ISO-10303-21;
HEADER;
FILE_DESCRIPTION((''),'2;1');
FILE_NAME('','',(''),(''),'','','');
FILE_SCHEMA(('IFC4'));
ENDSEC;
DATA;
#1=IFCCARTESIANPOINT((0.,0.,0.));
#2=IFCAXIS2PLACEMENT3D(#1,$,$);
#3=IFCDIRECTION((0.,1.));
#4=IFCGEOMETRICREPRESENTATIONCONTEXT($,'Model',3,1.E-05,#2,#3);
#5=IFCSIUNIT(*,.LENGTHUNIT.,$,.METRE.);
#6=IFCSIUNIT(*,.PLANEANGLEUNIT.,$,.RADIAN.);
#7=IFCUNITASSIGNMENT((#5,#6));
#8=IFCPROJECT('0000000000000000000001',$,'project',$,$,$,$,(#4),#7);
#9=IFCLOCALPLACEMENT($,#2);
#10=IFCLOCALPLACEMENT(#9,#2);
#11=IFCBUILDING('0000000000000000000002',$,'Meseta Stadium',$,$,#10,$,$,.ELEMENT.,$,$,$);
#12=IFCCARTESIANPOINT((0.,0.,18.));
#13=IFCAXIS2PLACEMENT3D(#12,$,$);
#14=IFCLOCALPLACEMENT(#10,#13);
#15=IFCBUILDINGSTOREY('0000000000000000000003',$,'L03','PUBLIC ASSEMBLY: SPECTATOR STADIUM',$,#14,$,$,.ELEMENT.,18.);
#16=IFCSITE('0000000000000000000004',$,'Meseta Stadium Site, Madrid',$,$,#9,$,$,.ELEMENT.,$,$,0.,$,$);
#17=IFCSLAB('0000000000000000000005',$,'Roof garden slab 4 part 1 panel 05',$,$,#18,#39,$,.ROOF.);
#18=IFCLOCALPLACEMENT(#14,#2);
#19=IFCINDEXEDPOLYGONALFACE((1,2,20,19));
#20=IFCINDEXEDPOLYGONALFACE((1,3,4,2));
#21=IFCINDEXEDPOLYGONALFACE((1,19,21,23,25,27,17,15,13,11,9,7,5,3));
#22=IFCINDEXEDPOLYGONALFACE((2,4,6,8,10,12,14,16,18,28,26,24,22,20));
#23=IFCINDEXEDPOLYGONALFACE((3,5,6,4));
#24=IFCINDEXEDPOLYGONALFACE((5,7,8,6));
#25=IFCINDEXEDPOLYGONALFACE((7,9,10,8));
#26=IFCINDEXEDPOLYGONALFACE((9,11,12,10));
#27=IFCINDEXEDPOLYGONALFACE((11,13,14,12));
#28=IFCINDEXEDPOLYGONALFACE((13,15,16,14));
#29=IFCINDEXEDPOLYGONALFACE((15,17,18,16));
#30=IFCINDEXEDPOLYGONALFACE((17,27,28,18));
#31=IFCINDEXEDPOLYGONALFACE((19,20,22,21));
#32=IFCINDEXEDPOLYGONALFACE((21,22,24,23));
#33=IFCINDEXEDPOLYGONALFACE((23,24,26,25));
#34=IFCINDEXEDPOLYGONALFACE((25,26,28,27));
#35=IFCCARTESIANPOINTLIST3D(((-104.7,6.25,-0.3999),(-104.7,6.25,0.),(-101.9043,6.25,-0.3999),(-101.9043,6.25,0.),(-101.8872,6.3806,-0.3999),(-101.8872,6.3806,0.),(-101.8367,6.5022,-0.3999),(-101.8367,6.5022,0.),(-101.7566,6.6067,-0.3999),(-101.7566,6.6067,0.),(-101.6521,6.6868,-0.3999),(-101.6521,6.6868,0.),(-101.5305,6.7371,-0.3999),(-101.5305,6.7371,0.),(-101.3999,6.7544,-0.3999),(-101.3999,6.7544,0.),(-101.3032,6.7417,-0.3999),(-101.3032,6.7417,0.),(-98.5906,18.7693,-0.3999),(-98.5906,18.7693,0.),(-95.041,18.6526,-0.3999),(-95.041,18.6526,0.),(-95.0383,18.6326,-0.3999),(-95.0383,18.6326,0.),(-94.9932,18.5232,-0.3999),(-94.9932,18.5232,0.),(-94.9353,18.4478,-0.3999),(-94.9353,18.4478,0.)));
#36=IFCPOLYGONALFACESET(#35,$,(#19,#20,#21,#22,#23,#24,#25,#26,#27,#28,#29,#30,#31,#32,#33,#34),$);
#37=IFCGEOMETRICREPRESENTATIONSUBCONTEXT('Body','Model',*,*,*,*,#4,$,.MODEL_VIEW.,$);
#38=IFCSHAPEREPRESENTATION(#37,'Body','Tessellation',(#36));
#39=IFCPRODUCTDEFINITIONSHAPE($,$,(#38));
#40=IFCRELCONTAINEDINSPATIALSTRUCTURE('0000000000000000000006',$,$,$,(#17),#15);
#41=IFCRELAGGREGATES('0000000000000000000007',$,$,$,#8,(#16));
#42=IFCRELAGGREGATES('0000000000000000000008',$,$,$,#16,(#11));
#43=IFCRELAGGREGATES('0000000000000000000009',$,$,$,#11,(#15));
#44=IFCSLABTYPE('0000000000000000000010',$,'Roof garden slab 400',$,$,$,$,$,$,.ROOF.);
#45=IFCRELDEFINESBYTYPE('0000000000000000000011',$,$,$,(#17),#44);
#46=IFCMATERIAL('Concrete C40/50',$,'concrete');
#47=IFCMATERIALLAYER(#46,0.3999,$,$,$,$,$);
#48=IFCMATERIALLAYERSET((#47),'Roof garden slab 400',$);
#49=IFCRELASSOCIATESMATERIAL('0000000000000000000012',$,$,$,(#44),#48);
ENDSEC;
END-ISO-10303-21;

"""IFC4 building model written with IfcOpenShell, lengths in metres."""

from ifc_helpers import new_model, si_unit, direction, frame, origin, place, context, subcontext, project, spatial, polyline, outline, extrude, material, layer, layer_set, type_object, element, save


model = new_model("IFC4")

# Units and contexts
model_context = context("Model", 3, precision=1e-05, world=origin(), true_north=direction((0.0, 1.0)))
body_context = subcontext(model_context, "Body", "Model", "MODEL_VIEW")
ifc_project = project(units=[si_unit("LENGTHUNIT", "METRE"), si_unit("PLANEANGLEUNIT", "RADIAN")], contexts=[model_context])

# Site, building, storey
site_placement = place(None, origin())
site = spatial("IfcSite", under=ifc_project, at=site_placement, Name="Meseta Stadium Site, Madrid", CompositionType="ELEMENT", RefElevation=0.0)
building_placement = place(site_placement, origin())
building = spatial("IfcBuilding", under=site, at=building_placement, Name="Meseta Stadium", CompositionType="ELEMENT")
storey_placement = place(building_placement, frame((0.0, 0.0, 18.0)))
storey = spatial("IfcBuildingStorey", under=building, at=storey_placement, Name="L03", Description="PUBLIC ASSEMBLY: SPECTATOR STADIUM", CompositionType="ELEMENT", Elevation=18.0)

# Slab
ifc_material = material(Name="Concrete C40/50", Category="concrete")
ifc_layer = layer(ifc_material, 0.3999)
ifc_layer_set = layer_set([ifc_layer], Name="Roof garden slab 400")
slab_type = type_object("IfcSlabType", Name="Roof garden slab 400", PredefinedType="ROOF", material=ifc_layer_set)
slab_1_placement = place(storey_placement, frame((0.0, 0.0, -0.3999)))
element("IfcSlab", 1, at=slab_1_placement, inside=storey, type_object=slab_type, Name="Roof garden slab 4 part 1 panel 05", PredefinedType="ROOF", context=body_context, shape_type="SweptSolid", body=[
    extrude(outline(polyline([(-98.5906, 18.7693), (-104.7, 6.25), (-101.9043, 6.25), (-101.8872, 6.3806), (-101.8367, 6.5022), (-101.7566, 6.6067), (-101.6521, 6.6868), (-101.5305, 6.7371), (-101.3999, 6.7544), (-101.3032, 6.7417), (-94.9353, 18.4478), (-94.9932, 18.5232), (-95.0383, 18.6326), (-95.041, 18.6526), (-98.5906, 18.7693)])), origin(), (0.0, 0.0, 1.0), 0.3999),
])

save(model, "model.ifc")
